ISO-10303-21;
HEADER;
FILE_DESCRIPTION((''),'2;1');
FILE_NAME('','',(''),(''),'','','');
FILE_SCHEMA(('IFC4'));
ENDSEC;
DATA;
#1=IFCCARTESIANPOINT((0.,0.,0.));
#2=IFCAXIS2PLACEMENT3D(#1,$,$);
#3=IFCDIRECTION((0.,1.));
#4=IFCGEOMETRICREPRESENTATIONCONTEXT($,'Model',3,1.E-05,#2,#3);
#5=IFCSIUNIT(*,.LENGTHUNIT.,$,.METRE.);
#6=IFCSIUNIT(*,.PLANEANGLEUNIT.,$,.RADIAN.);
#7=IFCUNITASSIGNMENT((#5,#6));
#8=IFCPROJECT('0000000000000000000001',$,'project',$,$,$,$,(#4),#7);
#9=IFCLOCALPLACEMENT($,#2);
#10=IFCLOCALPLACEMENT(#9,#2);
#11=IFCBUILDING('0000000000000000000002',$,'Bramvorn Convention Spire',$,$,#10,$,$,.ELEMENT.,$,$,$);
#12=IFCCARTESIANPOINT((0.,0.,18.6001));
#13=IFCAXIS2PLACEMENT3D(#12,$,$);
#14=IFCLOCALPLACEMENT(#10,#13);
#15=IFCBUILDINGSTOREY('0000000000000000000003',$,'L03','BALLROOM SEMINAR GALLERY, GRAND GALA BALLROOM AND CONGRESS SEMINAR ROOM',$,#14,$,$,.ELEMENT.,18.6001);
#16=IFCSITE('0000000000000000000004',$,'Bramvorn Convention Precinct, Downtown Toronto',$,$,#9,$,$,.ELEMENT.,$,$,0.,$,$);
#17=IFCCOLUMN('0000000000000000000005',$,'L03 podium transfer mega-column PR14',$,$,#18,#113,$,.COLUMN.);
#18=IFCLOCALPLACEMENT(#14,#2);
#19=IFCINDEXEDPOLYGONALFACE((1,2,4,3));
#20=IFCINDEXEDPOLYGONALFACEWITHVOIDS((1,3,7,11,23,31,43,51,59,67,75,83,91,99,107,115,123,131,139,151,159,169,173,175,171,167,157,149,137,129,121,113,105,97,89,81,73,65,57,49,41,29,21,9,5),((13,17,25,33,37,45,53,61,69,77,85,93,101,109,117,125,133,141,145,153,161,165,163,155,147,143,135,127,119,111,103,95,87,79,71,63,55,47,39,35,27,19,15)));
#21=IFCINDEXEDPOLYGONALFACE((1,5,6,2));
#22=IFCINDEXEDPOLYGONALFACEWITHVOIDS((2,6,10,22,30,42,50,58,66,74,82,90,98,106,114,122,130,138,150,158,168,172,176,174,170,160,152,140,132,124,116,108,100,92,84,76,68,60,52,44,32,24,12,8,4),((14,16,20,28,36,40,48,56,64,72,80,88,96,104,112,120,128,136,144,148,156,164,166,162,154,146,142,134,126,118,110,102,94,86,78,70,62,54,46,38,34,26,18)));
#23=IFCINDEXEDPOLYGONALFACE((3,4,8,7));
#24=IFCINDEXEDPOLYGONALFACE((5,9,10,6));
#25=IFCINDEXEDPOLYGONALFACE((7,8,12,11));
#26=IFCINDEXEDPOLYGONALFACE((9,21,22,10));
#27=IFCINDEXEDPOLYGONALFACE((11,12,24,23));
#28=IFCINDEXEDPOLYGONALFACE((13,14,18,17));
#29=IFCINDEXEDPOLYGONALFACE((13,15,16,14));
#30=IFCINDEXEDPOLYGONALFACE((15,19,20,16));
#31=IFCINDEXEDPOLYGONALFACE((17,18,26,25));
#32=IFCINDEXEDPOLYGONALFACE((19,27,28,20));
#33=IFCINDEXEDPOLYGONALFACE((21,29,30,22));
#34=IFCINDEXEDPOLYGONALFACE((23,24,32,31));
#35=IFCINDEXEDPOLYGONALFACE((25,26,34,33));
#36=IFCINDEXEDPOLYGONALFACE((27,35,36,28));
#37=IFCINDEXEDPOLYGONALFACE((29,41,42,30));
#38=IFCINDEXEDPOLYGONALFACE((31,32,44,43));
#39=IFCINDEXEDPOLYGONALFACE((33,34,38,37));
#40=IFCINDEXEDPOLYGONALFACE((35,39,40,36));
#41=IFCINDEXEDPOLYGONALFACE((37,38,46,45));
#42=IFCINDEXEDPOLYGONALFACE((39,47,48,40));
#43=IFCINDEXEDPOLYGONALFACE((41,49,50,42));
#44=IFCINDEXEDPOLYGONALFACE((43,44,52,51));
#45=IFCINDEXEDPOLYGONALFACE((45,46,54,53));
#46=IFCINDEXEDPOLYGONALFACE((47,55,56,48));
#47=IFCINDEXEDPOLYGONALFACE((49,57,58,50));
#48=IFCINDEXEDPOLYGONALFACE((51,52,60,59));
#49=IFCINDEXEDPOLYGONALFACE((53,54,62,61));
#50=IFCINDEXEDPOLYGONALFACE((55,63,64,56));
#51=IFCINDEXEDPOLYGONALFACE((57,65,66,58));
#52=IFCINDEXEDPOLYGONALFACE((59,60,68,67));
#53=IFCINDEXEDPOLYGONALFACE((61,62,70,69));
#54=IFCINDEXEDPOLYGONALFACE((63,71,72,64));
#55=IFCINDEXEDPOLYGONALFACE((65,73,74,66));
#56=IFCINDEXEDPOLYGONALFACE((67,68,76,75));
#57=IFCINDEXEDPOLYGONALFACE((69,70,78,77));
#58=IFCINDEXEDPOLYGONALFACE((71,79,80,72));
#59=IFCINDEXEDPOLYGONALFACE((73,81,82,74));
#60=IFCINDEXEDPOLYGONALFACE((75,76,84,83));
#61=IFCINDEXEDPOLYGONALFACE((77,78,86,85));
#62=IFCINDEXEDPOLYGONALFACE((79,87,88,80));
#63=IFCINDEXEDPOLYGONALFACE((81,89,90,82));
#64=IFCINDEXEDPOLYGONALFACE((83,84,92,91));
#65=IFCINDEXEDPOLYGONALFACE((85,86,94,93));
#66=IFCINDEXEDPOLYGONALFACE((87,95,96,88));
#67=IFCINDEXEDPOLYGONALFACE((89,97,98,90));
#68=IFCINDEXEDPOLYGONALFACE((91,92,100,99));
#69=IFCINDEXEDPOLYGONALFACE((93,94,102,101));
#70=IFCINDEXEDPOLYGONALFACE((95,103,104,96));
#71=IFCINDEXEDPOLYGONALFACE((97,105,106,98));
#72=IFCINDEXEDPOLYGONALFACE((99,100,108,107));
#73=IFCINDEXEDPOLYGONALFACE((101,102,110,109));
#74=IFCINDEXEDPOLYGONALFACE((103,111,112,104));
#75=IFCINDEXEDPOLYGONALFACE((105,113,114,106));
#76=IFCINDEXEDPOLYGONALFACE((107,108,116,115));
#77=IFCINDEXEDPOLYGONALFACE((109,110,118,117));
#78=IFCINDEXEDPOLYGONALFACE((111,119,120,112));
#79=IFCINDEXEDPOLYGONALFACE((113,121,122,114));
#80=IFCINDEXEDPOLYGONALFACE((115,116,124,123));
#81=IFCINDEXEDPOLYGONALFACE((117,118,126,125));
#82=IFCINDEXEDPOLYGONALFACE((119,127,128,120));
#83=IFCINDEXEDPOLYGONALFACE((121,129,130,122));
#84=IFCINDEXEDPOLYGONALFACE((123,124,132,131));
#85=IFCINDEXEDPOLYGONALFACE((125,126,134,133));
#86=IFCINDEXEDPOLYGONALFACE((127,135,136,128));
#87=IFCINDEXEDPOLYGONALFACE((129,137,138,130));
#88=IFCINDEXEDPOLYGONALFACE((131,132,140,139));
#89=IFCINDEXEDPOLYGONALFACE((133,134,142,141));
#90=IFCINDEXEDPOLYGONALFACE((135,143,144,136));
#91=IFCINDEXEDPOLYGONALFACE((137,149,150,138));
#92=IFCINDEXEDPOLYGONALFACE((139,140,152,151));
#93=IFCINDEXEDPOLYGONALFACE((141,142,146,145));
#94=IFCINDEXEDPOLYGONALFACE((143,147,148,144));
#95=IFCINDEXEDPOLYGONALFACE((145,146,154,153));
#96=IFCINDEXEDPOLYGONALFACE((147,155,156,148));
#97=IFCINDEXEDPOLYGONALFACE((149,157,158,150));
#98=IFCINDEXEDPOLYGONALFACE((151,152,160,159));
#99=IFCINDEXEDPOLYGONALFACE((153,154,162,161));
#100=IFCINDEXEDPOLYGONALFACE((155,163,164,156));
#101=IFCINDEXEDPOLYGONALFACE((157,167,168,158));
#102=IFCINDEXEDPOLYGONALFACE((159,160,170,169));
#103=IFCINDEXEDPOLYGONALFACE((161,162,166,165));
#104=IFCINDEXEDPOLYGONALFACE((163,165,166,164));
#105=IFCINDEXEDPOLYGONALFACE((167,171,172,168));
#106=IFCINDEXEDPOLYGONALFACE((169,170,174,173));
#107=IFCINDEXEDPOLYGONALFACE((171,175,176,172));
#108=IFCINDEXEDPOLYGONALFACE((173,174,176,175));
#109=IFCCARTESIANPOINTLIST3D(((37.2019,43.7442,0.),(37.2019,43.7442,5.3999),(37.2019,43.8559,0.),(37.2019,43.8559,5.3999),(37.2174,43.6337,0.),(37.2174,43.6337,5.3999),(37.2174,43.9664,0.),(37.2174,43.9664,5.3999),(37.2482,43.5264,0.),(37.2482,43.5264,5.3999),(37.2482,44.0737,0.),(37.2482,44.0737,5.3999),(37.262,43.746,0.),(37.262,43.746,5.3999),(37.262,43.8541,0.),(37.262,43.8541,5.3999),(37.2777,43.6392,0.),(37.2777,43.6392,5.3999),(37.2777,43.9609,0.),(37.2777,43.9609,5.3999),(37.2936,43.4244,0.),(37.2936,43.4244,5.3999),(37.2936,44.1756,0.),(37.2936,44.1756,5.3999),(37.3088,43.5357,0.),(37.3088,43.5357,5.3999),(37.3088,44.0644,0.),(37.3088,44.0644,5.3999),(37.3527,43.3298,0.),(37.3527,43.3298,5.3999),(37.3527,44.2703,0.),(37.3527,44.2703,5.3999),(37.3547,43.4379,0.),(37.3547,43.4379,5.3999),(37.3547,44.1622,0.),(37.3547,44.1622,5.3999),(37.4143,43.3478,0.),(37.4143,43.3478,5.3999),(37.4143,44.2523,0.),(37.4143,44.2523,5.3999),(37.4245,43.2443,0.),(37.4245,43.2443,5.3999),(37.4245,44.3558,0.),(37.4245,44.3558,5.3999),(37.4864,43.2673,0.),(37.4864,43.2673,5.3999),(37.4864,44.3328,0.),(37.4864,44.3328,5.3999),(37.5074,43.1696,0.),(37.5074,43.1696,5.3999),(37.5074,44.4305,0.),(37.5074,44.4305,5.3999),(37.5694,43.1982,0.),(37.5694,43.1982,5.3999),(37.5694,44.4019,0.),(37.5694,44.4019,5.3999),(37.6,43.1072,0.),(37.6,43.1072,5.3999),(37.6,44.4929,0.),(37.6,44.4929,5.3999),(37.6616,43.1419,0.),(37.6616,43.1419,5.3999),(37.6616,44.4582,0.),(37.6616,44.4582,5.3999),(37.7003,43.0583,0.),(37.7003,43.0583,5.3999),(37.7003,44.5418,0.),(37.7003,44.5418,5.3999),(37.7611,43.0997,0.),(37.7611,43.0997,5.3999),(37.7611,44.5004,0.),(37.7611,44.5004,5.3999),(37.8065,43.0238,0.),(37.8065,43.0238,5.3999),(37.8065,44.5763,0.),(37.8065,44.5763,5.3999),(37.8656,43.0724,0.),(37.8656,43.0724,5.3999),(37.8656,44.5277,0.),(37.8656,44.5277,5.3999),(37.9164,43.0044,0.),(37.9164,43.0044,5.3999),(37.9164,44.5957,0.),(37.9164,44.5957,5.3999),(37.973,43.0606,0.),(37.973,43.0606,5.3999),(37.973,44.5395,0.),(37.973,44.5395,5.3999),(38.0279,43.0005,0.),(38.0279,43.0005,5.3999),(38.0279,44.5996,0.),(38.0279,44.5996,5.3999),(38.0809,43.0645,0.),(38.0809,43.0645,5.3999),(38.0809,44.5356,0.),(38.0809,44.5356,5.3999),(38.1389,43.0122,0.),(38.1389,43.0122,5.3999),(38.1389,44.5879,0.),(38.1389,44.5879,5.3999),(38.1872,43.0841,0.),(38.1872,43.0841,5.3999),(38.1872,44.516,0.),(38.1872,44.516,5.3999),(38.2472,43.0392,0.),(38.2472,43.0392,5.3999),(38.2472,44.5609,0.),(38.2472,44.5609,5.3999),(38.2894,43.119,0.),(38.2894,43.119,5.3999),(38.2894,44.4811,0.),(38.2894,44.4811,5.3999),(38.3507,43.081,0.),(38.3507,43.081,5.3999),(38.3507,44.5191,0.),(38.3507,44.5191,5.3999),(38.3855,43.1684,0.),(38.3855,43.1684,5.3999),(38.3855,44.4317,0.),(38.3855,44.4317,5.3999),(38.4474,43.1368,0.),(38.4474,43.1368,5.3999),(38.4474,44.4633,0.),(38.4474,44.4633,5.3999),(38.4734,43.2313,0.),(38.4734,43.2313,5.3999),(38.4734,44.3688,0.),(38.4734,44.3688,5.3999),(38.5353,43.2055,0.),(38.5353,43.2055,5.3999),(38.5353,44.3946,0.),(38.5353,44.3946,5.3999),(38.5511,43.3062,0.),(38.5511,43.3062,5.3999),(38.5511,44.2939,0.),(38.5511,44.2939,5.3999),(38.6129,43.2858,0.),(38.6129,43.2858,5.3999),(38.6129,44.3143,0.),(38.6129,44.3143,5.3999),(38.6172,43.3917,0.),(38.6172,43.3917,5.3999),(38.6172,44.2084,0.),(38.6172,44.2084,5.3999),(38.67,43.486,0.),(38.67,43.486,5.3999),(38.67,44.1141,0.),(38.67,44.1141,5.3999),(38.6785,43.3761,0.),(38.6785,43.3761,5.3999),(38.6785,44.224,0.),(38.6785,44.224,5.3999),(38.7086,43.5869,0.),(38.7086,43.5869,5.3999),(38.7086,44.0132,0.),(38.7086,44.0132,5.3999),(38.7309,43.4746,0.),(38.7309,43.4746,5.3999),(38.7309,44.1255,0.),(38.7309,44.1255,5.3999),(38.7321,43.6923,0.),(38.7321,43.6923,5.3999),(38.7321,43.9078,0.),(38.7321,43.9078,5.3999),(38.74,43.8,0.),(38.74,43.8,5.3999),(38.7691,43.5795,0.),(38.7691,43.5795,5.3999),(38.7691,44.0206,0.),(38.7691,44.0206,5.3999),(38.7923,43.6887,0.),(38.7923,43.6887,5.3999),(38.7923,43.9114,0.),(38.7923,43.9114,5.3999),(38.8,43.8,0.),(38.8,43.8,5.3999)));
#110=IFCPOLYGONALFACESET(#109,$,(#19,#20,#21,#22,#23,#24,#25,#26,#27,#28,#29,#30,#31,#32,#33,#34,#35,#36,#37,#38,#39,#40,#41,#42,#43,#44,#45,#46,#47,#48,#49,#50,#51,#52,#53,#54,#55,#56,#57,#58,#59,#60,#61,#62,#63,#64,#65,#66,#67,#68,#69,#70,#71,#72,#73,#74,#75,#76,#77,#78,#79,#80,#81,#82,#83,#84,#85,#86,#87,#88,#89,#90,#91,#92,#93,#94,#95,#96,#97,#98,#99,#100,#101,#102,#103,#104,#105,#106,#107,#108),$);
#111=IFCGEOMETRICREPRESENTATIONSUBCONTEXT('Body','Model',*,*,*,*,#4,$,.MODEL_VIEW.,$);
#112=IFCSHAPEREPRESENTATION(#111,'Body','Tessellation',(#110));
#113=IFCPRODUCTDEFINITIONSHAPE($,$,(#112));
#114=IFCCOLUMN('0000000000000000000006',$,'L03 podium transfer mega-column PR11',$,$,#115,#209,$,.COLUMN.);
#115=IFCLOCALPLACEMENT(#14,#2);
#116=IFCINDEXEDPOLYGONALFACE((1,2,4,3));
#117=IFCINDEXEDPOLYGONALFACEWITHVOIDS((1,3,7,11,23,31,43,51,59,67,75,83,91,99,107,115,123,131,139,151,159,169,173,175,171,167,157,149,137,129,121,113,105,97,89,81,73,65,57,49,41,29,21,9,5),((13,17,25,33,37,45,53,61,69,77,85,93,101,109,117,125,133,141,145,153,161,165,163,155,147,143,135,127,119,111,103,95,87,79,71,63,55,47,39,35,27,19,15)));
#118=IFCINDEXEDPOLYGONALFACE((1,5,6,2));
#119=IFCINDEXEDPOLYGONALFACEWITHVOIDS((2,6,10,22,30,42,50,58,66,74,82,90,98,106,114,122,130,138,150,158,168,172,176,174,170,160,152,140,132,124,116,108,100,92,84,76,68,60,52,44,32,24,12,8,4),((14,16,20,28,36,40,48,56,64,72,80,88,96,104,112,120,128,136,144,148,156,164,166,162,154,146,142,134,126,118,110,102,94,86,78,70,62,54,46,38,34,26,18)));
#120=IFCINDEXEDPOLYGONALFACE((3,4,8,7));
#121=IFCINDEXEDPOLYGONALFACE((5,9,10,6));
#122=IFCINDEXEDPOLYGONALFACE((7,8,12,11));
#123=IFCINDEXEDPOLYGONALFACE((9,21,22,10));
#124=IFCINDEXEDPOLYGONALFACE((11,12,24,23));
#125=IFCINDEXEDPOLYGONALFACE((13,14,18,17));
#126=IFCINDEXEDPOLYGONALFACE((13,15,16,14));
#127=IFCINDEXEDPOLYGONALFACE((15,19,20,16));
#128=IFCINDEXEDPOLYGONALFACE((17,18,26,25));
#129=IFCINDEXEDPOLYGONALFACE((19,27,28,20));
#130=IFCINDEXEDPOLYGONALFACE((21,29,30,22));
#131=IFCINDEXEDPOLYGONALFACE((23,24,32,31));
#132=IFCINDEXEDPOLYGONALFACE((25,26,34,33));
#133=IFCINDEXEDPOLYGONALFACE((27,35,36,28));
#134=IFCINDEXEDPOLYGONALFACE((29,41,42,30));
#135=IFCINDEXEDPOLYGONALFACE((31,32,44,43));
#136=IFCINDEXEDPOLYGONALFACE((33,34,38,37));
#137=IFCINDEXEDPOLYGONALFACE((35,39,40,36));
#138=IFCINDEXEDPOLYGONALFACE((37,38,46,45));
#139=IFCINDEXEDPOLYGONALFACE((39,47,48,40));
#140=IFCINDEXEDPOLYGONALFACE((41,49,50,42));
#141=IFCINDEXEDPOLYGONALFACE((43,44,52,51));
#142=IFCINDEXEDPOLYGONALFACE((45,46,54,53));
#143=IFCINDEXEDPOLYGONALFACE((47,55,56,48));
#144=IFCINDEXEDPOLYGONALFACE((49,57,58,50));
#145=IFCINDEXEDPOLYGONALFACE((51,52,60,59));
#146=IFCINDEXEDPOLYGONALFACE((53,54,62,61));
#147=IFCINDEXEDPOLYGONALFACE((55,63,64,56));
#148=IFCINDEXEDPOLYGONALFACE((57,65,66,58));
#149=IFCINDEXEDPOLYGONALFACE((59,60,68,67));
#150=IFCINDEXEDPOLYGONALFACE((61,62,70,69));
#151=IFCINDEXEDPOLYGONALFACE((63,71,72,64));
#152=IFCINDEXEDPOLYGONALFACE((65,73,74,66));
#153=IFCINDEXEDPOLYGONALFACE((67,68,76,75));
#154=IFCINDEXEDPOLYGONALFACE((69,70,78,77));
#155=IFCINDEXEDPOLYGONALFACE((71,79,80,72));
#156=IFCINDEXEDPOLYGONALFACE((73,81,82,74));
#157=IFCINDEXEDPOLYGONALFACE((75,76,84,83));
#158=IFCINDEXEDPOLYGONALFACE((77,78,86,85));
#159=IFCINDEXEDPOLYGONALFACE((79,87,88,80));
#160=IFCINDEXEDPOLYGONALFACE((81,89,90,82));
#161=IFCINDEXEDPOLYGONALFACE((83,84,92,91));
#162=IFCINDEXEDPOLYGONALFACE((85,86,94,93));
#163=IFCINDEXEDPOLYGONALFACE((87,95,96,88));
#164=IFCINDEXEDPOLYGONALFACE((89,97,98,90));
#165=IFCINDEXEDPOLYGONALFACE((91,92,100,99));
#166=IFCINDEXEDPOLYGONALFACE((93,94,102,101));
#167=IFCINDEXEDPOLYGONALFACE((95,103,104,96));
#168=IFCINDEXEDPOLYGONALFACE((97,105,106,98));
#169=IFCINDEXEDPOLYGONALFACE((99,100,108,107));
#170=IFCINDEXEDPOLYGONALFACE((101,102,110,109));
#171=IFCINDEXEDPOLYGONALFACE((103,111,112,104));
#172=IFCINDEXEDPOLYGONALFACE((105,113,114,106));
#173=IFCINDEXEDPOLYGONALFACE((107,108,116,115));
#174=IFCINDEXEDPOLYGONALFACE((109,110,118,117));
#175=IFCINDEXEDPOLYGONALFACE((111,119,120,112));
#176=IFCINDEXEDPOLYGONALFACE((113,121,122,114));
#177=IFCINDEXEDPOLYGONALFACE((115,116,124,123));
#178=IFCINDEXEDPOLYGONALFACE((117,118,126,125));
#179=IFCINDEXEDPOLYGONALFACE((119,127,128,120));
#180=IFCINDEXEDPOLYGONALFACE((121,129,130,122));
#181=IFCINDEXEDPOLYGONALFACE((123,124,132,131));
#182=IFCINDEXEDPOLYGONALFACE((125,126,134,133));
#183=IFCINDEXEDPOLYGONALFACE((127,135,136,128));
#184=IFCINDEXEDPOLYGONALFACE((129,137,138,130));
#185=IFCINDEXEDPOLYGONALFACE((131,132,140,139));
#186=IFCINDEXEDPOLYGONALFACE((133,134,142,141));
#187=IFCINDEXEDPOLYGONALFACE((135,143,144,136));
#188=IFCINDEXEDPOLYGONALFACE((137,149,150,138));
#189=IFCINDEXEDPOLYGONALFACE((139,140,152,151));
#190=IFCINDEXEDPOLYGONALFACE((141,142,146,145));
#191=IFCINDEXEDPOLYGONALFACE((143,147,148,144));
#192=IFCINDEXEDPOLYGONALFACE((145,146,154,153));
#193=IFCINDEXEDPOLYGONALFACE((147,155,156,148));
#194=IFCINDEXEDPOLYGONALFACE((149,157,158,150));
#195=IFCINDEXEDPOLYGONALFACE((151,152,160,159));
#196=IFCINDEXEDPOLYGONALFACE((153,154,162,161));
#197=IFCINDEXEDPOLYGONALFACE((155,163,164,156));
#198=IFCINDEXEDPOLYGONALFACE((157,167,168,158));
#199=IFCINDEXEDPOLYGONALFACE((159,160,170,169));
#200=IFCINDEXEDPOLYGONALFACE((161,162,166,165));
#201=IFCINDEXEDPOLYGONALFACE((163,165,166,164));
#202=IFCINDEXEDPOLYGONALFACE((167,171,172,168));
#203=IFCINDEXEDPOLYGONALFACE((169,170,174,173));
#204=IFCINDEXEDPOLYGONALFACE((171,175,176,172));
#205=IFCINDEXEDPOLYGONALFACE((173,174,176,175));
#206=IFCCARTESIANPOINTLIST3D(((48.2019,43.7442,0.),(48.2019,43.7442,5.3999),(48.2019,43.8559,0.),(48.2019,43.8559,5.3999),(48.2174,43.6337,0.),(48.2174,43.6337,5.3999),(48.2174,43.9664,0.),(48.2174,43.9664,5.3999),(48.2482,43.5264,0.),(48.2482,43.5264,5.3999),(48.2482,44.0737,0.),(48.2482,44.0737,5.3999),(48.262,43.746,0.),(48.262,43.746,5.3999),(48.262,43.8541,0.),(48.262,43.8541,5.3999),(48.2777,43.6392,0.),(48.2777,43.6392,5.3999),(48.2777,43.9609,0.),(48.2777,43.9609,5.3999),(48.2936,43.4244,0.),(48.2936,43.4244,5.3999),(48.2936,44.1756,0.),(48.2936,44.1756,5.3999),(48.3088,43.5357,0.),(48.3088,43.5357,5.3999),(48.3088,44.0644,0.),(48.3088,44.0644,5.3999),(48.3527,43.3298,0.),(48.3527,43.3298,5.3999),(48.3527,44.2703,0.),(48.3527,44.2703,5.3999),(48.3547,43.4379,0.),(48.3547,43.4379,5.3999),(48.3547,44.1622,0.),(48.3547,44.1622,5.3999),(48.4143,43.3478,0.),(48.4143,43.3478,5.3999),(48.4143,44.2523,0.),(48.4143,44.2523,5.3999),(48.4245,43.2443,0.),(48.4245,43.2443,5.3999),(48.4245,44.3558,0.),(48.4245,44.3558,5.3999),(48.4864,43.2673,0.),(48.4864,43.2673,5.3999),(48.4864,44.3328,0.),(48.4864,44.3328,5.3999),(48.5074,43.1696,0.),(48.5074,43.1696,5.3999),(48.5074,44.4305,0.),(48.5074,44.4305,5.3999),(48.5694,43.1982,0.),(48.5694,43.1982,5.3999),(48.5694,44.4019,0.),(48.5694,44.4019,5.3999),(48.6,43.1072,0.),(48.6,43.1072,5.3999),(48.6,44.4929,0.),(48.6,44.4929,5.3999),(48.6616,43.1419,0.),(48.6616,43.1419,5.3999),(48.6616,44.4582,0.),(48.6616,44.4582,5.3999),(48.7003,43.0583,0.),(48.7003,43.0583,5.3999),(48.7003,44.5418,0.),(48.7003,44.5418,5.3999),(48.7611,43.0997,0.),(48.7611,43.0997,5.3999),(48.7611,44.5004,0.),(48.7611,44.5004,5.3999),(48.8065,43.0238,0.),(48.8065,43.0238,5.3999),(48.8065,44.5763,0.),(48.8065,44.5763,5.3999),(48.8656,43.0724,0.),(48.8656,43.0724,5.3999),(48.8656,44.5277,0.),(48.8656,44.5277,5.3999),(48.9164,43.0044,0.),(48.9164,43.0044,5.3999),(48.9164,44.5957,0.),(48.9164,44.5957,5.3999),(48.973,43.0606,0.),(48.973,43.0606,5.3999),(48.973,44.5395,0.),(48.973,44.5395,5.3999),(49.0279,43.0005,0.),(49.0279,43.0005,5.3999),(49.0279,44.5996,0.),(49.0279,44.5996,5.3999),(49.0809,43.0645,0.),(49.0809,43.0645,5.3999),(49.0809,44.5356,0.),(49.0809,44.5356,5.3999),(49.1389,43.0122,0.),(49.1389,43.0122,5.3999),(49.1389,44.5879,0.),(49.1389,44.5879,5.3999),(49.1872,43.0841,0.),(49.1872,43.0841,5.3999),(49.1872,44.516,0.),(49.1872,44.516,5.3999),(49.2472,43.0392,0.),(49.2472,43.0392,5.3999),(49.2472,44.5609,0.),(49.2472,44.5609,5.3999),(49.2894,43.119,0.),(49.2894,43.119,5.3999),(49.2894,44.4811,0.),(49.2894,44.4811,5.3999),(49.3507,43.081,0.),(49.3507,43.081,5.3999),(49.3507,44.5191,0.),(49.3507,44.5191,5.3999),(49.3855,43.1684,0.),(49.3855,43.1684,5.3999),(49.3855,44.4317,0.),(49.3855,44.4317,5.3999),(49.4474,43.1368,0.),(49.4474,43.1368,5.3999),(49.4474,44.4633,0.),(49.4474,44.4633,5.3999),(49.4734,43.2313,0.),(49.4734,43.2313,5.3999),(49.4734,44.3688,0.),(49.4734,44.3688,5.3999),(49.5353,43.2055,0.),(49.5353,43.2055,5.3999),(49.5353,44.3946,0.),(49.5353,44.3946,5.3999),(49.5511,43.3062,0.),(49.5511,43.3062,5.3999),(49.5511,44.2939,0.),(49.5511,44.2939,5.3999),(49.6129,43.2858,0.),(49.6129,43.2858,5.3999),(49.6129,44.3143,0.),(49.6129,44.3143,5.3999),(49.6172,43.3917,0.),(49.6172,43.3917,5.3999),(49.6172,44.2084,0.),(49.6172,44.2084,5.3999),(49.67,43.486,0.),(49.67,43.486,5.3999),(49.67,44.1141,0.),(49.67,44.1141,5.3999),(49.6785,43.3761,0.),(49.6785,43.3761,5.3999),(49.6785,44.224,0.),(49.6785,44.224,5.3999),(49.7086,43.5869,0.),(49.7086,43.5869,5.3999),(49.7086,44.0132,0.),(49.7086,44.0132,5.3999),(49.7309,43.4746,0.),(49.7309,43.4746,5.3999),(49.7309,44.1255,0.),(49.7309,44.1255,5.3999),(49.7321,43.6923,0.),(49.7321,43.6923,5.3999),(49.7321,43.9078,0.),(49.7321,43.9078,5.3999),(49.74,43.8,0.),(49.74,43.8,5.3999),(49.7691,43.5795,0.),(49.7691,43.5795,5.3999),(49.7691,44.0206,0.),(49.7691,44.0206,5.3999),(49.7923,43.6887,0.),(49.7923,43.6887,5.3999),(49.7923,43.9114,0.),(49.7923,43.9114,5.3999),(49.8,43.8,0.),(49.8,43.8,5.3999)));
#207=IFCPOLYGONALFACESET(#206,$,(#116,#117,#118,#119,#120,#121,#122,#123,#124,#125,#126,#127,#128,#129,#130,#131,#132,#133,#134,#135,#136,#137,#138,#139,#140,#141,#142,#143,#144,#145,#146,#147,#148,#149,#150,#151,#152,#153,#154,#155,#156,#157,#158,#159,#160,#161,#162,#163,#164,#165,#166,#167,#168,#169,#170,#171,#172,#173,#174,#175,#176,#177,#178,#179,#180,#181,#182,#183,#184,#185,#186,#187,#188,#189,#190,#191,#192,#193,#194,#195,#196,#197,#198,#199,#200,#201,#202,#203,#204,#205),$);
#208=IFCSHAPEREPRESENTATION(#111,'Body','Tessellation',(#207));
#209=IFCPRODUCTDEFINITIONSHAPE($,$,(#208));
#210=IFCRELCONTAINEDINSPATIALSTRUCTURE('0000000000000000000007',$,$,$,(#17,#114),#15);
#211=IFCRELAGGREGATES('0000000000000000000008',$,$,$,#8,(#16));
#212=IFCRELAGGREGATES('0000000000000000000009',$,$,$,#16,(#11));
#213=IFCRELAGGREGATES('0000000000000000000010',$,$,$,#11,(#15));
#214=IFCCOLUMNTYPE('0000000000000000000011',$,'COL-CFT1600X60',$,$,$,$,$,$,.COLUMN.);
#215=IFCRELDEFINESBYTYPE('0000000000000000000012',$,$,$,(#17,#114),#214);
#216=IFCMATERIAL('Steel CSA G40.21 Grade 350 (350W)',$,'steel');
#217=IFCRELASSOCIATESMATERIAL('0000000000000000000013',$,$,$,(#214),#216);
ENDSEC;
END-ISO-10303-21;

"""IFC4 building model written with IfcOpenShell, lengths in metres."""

from ifc_helpers import new_model, si_unit, direction, frame, origin, origin_2d, place, context, subcontext, project, spatial, hollow_circle, extrude, material, material_profile, profile_set, type_object, element, save


model = new_model("IFC4")

# Units and contexts
model_context = context("Model", 3, precision=1e-05, world=origin(), true_north=direction((0.0, 1.0)))
body_context = subcontext(model_context, "Body", "Model", "MODEL_VIEW")
ifc_project = project(units=[si_unit("LENGTHUNIT", "METRE"), si_unit("PLANEANGLEUNIT", "RADIAN")], contexts=[model_context])

# Site, building, storey
site_placement = place(None, origin())
site = spatial("IfcSite", under=ifc_project, at=site_placement, Name="Bramvorn Convention Precinct, Downtown Toronto", CompositionType="ELEMENT", RefElevation=0.0)
building_placement = place(site_placement, origin())
building = spatial("IfcBuilding", under=site, at=building_placement, Name="Bramvorn Convention Spire", CompositionType="ELEMENT")
storey_placement = place(building_placement, frame((0.0, 0.0, 18.6001)))
storey = spatial("IfcBuildingStorey", under=building, at=storey_placement, Name="L03", Description="BALLROOM SEMINAR GALLERY, GRAND GALA BALLROOM AND CONGRESS SEMINAR ROOM", CompositionType="ELEMENT", Elevation=18.6001)

# Columns
ifc_material_1 = material(Name="Steel CSA G40.21 Grade 350 (350W)", Category="steel")
ifc_material_profile_1 = material_profile(ifc_material_1, hollow_circle(Radius=0.8, WallThickness=0.0601, at=origin_2d()))
ifc_profile_set_1 = profile_set([ifc_material_profile_1], Name="Steel CSA G40.21 Grade 350 (350W) - CFT1600X60")
column_type_1 = type_object("IfcColumnType", Name="COL-CFT1600X60", PredefinedType="COLUMN", material=ifc_profile_set_1)
for number, where, z_axis, x_axis, name in (
    (1, (38.0, 43.8, 0.0), (0.0, 0.0, 1.0), (1.0, 0.0, 0.0), "L03 podium transfer mega-column PR14"),
    (2, (49.0, 43.8, 0.0), (0.0, 0.0, 1.0), (1.0, 0.0, 0.0), "L03 podium transfer mega-column PR11"),
):
    element("IfcColumn", number, at=place(storey_placement, frame(where, z_axis=z_axis, x_axis=x_axis)), inside=storey, type_object=column_type_1, Name=name, PredefinedType="COLUMN", context=body_context, shape_type="SweptSolid", body=[
        extrude(hollow_circle(Radius=0.8, WallThickness=0.0601, at=origin_2d()), origin(), (0.0, 0.0, 1.0), 5.3999),
    ])

save(model, "model.ifc")
